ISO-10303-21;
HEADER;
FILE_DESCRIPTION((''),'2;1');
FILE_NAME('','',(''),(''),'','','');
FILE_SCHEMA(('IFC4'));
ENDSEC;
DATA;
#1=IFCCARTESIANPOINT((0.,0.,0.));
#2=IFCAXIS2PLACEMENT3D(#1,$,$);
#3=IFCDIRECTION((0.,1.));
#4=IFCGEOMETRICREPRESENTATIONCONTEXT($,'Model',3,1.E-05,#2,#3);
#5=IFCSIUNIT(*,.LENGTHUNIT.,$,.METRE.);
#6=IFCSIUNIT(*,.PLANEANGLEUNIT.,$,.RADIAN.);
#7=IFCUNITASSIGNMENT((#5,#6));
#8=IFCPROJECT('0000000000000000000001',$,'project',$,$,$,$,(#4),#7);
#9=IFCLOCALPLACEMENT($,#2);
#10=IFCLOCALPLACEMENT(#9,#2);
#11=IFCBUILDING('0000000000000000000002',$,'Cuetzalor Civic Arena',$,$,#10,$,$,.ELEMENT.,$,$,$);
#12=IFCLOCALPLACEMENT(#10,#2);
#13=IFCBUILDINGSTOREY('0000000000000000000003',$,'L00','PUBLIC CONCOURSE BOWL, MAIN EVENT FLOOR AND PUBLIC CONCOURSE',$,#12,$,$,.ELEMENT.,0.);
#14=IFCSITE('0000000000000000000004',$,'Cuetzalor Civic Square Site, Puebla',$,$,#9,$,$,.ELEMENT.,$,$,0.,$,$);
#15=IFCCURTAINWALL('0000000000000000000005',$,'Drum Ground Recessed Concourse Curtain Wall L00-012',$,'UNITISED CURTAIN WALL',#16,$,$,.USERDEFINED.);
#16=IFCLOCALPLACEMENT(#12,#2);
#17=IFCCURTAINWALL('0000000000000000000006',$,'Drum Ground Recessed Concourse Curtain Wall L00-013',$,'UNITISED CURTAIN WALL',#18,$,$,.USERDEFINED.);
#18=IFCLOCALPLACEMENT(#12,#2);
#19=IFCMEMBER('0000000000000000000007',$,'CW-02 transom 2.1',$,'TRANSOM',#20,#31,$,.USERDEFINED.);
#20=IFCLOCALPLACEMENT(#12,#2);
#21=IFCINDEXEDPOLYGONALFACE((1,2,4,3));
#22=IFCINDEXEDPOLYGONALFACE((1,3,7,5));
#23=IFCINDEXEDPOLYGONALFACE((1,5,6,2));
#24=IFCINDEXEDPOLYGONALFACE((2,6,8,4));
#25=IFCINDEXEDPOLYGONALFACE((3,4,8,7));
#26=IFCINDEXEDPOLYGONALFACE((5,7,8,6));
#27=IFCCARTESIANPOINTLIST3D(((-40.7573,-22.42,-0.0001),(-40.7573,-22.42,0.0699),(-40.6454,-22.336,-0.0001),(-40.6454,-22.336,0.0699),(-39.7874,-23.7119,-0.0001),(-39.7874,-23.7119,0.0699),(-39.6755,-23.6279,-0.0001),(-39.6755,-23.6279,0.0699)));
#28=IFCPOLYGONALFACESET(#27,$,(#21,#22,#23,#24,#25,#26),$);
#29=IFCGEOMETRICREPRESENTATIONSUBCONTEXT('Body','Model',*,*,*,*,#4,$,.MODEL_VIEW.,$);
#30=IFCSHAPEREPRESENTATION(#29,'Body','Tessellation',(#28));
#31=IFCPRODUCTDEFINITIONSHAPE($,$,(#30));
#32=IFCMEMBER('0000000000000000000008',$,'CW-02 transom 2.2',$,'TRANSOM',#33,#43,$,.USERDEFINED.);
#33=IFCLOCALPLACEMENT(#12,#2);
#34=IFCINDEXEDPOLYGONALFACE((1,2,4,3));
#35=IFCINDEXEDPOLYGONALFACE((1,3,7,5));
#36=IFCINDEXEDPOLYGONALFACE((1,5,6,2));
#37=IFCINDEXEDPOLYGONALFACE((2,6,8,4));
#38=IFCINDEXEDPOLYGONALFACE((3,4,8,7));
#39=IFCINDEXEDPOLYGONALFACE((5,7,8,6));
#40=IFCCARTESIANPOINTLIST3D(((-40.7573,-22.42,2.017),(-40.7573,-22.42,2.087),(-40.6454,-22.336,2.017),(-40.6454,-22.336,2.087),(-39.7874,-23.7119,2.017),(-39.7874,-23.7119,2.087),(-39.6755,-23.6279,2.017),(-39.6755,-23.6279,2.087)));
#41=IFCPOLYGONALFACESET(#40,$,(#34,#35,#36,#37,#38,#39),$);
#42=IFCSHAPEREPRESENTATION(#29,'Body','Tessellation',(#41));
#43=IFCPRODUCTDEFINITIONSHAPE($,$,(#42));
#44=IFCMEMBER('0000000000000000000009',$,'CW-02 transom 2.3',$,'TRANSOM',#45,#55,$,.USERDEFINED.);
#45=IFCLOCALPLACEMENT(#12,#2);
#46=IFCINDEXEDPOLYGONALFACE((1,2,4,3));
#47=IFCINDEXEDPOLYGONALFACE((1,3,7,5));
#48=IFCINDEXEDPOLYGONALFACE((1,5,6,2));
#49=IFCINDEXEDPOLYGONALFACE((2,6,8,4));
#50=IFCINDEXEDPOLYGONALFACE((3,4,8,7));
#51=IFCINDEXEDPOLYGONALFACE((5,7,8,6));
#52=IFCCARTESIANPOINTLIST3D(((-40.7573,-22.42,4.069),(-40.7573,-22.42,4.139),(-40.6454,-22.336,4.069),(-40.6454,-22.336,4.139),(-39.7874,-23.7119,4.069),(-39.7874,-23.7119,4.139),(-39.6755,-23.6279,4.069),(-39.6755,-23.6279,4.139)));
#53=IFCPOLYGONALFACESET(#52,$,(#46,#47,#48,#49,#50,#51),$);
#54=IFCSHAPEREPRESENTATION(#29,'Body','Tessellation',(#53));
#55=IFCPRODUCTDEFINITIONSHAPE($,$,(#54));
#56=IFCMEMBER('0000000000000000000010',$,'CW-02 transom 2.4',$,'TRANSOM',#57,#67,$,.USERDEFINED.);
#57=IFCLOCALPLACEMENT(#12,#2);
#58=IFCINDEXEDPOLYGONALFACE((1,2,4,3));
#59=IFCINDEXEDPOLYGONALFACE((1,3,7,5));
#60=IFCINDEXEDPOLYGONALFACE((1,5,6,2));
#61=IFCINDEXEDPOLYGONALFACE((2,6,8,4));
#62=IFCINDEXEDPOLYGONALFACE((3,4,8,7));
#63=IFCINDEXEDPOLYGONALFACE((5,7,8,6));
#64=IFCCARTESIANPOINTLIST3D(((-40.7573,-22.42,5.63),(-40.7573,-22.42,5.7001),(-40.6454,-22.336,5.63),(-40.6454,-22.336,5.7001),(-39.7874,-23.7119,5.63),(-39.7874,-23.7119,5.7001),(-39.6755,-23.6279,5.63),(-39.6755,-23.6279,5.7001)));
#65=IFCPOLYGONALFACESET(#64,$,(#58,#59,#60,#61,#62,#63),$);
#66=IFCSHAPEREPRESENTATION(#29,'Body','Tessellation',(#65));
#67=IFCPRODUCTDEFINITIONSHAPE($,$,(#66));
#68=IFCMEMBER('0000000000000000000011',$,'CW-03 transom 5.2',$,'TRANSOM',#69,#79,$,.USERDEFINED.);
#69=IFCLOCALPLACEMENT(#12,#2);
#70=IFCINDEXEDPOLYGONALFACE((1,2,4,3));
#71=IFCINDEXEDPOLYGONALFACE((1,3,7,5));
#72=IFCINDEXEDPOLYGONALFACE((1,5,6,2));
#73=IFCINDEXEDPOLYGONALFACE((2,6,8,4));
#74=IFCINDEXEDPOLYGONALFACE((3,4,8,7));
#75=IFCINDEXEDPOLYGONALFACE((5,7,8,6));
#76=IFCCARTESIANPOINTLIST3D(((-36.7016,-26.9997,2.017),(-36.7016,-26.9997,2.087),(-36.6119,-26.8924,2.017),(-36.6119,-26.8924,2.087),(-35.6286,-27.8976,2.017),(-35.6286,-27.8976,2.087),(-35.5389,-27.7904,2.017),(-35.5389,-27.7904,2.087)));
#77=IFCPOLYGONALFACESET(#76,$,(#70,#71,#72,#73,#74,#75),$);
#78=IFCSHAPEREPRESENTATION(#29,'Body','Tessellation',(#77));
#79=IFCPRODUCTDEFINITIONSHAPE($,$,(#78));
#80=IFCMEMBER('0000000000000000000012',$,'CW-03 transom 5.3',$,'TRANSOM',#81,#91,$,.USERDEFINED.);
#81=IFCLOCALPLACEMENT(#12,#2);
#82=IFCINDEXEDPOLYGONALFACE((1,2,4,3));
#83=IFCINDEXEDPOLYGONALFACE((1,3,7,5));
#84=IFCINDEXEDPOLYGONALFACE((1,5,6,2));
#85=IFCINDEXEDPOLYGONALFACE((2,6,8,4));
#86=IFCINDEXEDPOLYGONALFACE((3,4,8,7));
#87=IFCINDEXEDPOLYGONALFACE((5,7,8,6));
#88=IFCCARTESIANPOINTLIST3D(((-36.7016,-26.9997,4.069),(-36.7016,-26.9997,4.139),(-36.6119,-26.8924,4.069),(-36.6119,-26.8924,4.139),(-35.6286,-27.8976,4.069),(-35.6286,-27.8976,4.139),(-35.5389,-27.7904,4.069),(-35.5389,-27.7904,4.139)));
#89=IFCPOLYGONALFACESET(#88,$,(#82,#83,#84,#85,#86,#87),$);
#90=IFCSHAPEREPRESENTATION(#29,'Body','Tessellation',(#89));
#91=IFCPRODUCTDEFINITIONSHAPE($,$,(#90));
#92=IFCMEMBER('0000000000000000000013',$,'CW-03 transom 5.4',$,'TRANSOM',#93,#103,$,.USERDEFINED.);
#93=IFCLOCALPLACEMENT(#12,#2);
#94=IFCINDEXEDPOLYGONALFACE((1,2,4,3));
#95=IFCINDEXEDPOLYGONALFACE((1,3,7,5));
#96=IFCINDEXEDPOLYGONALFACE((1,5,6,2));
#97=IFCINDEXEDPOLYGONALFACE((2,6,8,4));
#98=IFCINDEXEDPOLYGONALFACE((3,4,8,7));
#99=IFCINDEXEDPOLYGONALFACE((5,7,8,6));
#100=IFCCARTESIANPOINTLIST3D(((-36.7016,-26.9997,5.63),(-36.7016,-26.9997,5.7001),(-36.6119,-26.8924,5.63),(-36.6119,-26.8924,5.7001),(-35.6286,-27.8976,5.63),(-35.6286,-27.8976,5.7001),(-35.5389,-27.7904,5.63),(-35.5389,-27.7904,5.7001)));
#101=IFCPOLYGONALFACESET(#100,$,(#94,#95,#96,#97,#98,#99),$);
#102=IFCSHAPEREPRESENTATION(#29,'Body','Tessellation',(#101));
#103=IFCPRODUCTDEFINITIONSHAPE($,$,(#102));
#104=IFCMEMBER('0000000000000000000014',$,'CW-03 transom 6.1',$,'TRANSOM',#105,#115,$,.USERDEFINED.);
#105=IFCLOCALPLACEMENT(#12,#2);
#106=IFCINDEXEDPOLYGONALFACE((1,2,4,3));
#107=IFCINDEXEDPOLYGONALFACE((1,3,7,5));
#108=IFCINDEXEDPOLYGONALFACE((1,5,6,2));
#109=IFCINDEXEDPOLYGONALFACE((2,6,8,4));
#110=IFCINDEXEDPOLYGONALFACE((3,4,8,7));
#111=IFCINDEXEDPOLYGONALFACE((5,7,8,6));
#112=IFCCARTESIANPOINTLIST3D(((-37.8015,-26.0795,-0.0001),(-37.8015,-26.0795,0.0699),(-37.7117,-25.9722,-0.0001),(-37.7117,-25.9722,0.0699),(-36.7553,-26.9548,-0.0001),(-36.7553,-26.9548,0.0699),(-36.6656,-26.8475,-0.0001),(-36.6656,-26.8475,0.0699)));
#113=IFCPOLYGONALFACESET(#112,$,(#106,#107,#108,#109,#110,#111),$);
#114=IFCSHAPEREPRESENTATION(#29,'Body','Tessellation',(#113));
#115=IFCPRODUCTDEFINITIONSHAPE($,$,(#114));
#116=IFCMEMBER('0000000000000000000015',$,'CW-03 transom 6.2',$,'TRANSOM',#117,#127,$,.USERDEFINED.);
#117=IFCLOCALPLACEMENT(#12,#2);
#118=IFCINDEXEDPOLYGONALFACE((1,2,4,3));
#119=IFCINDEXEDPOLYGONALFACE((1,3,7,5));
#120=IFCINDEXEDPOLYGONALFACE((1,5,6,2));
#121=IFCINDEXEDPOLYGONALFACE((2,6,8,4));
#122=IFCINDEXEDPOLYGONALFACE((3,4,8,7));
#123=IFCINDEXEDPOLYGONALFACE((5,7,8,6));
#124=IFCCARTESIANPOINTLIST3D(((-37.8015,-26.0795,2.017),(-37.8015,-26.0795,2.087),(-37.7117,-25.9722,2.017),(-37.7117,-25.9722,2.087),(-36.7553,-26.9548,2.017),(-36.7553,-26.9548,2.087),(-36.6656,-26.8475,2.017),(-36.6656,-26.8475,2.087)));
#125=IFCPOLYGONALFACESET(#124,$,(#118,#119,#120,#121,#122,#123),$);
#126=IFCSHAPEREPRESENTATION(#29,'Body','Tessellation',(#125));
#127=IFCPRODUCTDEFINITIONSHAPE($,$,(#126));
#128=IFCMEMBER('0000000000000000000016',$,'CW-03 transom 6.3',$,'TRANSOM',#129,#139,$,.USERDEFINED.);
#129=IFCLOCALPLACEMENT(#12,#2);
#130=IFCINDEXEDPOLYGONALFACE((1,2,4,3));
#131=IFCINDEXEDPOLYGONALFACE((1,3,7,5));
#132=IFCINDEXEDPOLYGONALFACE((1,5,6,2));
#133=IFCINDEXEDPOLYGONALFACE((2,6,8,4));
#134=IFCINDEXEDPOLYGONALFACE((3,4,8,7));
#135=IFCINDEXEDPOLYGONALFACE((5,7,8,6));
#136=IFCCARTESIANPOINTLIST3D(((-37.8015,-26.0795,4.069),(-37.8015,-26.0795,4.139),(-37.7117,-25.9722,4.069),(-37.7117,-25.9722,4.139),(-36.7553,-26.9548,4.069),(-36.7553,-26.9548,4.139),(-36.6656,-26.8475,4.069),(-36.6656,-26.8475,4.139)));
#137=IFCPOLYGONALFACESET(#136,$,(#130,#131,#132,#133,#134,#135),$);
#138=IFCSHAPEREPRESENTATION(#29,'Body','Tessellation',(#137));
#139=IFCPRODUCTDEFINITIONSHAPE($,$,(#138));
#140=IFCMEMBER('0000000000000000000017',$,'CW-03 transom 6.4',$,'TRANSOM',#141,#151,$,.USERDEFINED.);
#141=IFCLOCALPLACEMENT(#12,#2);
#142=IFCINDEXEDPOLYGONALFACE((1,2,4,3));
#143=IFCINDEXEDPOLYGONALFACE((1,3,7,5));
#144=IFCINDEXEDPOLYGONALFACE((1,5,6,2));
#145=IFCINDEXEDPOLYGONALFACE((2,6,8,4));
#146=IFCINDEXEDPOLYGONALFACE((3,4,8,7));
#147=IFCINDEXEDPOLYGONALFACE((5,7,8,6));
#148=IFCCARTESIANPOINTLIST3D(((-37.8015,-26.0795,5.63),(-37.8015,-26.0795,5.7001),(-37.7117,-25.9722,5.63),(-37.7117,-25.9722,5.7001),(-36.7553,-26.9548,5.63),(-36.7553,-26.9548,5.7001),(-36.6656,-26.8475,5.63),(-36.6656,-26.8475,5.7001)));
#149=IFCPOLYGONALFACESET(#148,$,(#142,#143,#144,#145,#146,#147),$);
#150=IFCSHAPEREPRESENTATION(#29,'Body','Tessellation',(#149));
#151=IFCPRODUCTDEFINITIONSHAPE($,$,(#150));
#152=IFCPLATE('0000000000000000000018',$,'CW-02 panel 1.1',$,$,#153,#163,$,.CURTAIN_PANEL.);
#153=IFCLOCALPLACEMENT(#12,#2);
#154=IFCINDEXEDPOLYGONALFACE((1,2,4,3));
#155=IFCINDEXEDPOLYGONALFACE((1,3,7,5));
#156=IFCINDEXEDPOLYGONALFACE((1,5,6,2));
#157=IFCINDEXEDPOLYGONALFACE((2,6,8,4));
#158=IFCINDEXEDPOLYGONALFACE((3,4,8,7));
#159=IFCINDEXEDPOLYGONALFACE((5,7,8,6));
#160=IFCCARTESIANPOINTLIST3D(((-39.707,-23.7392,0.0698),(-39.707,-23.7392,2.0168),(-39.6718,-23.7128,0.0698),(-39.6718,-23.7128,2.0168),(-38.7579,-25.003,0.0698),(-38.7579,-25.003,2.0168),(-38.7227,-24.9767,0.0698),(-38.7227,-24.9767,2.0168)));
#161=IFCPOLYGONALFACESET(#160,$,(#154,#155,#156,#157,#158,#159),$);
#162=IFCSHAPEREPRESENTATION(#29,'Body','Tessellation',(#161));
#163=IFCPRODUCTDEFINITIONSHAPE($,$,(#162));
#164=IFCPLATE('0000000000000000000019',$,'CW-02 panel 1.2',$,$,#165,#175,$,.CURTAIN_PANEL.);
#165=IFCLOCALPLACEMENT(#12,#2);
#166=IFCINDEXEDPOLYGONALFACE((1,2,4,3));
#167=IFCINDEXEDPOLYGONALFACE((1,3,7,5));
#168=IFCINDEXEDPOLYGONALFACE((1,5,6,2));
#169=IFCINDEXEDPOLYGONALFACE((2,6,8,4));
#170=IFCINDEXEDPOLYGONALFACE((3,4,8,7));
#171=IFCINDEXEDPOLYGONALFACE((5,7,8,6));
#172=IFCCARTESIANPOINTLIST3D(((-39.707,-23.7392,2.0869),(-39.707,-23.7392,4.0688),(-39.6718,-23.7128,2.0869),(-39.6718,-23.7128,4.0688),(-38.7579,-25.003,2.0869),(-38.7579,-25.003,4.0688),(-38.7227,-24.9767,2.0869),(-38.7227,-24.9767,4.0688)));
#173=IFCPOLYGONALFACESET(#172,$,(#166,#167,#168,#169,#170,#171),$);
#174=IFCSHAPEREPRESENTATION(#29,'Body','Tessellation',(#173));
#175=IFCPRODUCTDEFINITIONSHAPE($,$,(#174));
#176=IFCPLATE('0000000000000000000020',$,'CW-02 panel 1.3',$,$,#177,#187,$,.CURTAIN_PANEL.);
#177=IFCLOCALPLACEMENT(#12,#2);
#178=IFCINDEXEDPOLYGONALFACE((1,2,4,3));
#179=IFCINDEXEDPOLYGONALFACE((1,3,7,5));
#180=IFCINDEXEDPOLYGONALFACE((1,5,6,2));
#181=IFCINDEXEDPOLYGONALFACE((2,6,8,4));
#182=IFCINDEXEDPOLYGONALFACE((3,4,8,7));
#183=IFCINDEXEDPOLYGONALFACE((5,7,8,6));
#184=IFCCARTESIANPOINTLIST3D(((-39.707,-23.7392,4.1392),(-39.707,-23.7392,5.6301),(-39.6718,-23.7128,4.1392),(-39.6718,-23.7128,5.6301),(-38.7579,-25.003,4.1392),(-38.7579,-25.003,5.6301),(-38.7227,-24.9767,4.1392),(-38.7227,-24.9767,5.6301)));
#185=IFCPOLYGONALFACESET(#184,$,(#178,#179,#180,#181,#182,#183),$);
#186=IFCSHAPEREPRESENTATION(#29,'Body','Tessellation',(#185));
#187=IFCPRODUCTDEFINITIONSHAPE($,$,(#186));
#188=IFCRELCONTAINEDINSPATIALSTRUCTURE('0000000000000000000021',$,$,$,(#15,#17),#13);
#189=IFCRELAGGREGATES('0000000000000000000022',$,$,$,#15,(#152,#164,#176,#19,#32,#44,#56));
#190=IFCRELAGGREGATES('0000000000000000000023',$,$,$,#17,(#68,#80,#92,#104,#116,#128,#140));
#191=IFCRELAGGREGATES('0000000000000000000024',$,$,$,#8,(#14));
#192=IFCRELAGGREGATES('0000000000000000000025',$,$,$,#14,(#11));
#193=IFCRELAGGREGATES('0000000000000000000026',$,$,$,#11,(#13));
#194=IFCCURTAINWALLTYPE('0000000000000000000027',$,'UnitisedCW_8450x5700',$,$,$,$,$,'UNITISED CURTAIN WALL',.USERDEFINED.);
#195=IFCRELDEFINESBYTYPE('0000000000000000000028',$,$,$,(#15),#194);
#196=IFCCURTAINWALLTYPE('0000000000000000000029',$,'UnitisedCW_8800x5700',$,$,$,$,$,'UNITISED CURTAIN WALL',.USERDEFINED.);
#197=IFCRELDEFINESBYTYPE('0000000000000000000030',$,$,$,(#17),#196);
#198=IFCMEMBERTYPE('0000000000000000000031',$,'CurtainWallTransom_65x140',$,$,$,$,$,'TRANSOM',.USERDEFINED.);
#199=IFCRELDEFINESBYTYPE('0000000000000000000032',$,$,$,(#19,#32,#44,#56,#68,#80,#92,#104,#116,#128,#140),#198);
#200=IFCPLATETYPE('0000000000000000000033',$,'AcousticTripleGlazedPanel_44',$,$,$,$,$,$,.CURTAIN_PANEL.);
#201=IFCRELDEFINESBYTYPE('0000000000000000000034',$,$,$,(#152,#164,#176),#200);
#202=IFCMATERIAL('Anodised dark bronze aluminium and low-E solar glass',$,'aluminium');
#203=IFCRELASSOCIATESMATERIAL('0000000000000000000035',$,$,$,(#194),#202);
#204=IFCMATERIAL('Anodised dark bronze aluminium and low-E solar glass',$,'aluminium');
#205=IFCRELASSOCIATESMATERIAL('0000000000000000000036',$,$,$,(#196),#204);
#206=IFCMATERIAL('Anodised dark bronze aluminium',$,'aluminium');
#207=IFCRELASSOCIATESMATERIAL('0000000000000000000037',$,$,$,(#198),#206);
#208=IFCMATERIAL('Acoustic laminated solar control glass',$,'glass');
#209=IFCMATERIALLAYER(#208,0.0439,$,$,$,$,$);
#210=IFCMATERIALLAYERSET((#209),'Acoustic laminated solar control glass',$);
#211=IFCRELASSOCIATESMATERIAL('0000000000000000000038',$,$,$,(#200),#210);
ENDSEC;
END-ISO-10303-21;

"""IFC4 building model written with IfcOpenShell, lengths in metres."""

from ifc_helpers import new_model, si_unit, direction, frame, origin, origin_2d, place, context, subcontext, project, spatial, rectangle, extrude, material, layer, layer_set, material_profile, profile_set, type_object, element, aggregate, save


model = new_model("IFC4")

# Units and contexts
model_context = context("Model", 3, precision=1e-05, world=origin(), true_north=direction((0.0, 1.0)))
body_context = subcontext(model_context, "Body", "Model", "MODEL_VIEW")
ifc_project = project(units=[si_unit("LENGTHUNIT", "METRE"), si_unit("PLANEANGLEUNIT", "RADIAN")], contexts=[model_context])

# Site, building, storey
site_placement = place(None, origin())
site = spatial("IfcSite", under=ifc_project, at=site_placement, Name="Cuetzalor Civic Square Site, Puebla", CompositionType="ELEMENT", RefElevation=0.0)
building_placement = place(site_placement, origin())
building = spatial("IfcBuilding", under=site, at=building_placement, Name="Cuetzalor Civic Arena", CompositionType="ELEMENT")
storey_placement = place(building_placement, origin())
storey = spatial("IfcBuildingStorey", under=building, at=storey_placement, Name="L00", Description="PUBLIC CONCOURSE BOWL, MAIN EVENT FLOOR AND PUBLIC CONCOURSE", CompositionType="ELEMENT", Elevation=0.0)

# Curtain walls
ifc_material_1 = material(Name="Anodised dark bronze aluminium and low-E solar glass", Category="aluminium")
curtain_wall_type_1 = type_object("IfcCurtainWallType", Name="UnitisedCW_8450x5700", ElementType="UNITISED CURTAIN WALL", PredefinedType="USERDEFINED", material=ifc_material_1)
curtain_wall_1_placement = place(storey_placement, origin())
curtain_wall_1 = element("IfcCurtainWall", 1, at=curtain_wall_1_placement, inside=storey, type_object=curtain_wall_type_1, Name="Drum Ground Recessed Concourse Curtain Wall L00-012", ObjectType="UNITISED CURTAIN WALL", PredefinedType="USERDEFINED")
ifc_material_2 = material(Name="Anodised dark bronze aluminium and low-E solar glass", Category="aluminium")
curtain_wall_type_2 = type_object("IfcCurtainWallType", Name="UnitisedCW_8800x5700", ElementType="UNITISED CURTAIN WALL", PredefinedType="USERDEFINED", material=ifc_material_2)
curtain_wall_2_placement = place(storey_placement, origin())
curtain_wall_2 = element("IfcCurtainWall", 2, at=curtain_wall_2_placement, inside=storey, type_object=curtain_wall_type_2, Name="Drum Ground Recessed Concourse Curtain Wall L00-013", ObjectType="UNITISED CURTAIN WALL", PredefinedType="USERDEFINED")

# Members
ifc_material_3 = material(Name="Anodised dark bronze aluminium", Category="aluminium")
ifc_material_profile_1 = material_profile(ifc_material_3, rectangle(XDim=0.1399, YDim=0.0701, at=origin_2d()), Name="ALU TRANSOM 70x140")
ifc_profile_set_1 = profile_set([ifc_material_profile_1], Name="Anodised dark bronze aluminium")
member_type_1 = type_object("IfcMemberType", Name="CurtainWallTransom_65x140", ElementType="TRANSOM", PredefinedType="USERDEFINED", material=ifc_profile_set_1)
member_1_placement = place(storey_placement, frame((-39.7314, -23.6699, 0.0349), z_axis=(-0.600387, 0.79971, 0.0), x_axis=(-0.79971, -0.600387, 0.0)))
member_1 = element("IfcMember", 3, at=member_1_placement, type_object=member_type_1, Name="CW-02 transom 2.1", ObjectType="TRANSOM", PredefinedType="USERDEFINED", context=body_context, shape_type="SweptSolid", body=[
    extrude(rectangle(XDim=0.1399, YDim=0.0701, at=origin_2d()), origin(), (0.0, 0.0, 1.0), 1.6155),
])
member_2_placement = place(storey_placement, frame((-39.7314, -23.6699, 2.052), z_axis=(-0.600387, 0.79971, 0.0), x_axis=(-0.79971, -0.600387, 0.0)))
member_2 = element("IfcMember", 4, at=member_2_placement, type_object=member_type_1, Name="CW-02 transom 2.2", ObjectType="TRANSOM", PredefinedType="USERDEFINED", context=body_context, shape_type="SweptSolid", body=[
    extrude(rectangle(XDim=0.1399, YDim=0.0701, at=origin_2d()), origin(), (0.0, 0.0, 1.0), 1.6155),
])
member_3_placement = place(storey_placement, frame((-39.7314, -23.6699, 4.104), z_axis=(-0.600387, 0.79971, 0.0), x_axis=(-0.79971, -0.600387, 0.0)))
member_3 = element("IfcMember", 5, at=member_3_placement, type_object=member_type_1, Name="CW-02 transom 2.3", ObjectType="TRANSOM", PredefinedType="USERDEFINED", context=body_context, shape_type="SweptSolid", body=[
    extrude(rectangle(XDim=0.1399, YDim=0.0701, at=origin_2d()), origin(), (0.0, 0.0, 1.0), 1.6155),
])
member_4_placement = place(storey_placement, frame((-39.7314, -23.6699, 5.665), z_axis=(-0.600387, 0.79971, 0.0), x_axis=(-0.79971, -0.600387, 0.0)))
member_4 = element("IfcMember", 6, at=member_4_placement, type_object=member_type_1, Name="CW-02 transom 2.4", ObjectType="TRANSOM", PredefinedType="USERDEFINED", context=body_context, shape_type="SweptSolid", body=[
    extrude(rectangle(XDim=0.1399, YDim=0.0701, at=origin_2d()), origin(), (0.0, 0.0, 1.0), 1.6155),
])
member_5_placement = place(storey_placement, frame((-35.5837, -27.844, 2.052), z_axis=(-0.766889, 0.641779, 0.0), x_axis=(-0.641779, -0.766889, 0.0)))
member_5 = element("IfcMember", 7, at=member_5_placement, type_object=member_type_1, Name="CW-03 transom 5.2", ObjectType="TRANSOM", PredefinedType="USERDEFINED", context=body_context, shape_type="SweptSolid", body=[
    extrude(rectangle(XDim=0.1399, YDim=0.0701, at=origin_2d()), origin(), (0.0, 0.0, 1.0), 1.3992),
])
member_6_placement = place(storey_placement, frame((-35.5837, -27.844, 4.104), z_axis=(-0.766889, 0.641779, 0.0), x_axis=(-0.641779, -0.766889, 0.0)))
member_6 = element("IfcMember", 8, at=member_6_placement, type_object=member_type_1, Name="CW-03 transom 5.3", ObjectType="TRANSOM", PredefinedType="USERDEFINED", context=body_context, shape_type="SweptSolid", body=[
    extrude(rectangle(XDim=0.1399, YDim=0.0701, at=origin_2d()), origin(), (0.0, 0.0, 1.0), 1.3992),
])
member_7_placement = place(storey_placement, frame((-35.5837, -27.844, 5.665), z_axis=(-0.766889, 0.641779, 0.0), x_axis=(-0.641779, -0.766889, 0.0)))
member_7 = element("IfcMember", 9, at=member_7_placement, type_object=member_type_1, Name="CW-03 transom 5.4", ObjectType="TRANSOM", PredefinedType="USERDEFINED", context=body_context, shape_type="SweptSolid", body=[
    extrude(rectangle(XDim=0.1399, YDim=0.0701, at=origin_2d()), origin(), (0.0, 0.0, 1.0), 1.3992),
])
member_8_placement = place(storey_placement, frame((-36.7104, -26.9011, 0.0349), z_axis=(-0.766973, 0.64168, 0.0), x_axis=(-0.64168, -0.766973, 0.0)))
member_8 = element("IfcMember", 10, at=member_8_placement, type_object=member_type_1, Name="CW-03 transom 6.1", ObjectType="TRANSOM", PredefinedType="USERDEFINED", context=body_context, shape_type="SweptSolid", body=[
    extrude(rectangle(XDim=0.1399, YDim=0.0701, at=origin_2d()), origin(), (0.0, 0.0, 1.0), 1.364),
])
member_9_placement = place(storey_placement, frame((-36.7104, -26.9011, 2.052), z_axis=(-0.766973, 0.64168, 0.0), x_axis=(-0.64168, -0.766973, 0.0)))
member_9 = element("IfcMember", 11, at=member_9_placement, type_object=member_type_1, Name="CW-03 transom 6.2", ObjectType="TRANSOM", PredefinedType="USERDEFINED", context=body_context, shape_type="SweptSolid", body=[
    extrude(rectangle(XDim=0.1399, YDim=0.0701, at=origin_2d()), origin(), (0.0, 0.0, 1.0), 1.364),
])
member_10_placement = place(storey_placement, frame((-36.7104, -26.9011, 4.104), z_axis=(-0.766973, 0.64168, 0.0), x_axis=(-0.64168, -0.766973, 0.0)))
member_10 = element("IfcMember", 12, at=member_10_placement, type_object=member_type_1, Name="CW-03 transom 6.3", ObjectType="TRANSOM", PredefinedType="USERDEFINED", context=body_context, shape_type="SweptSolid", body=[
    extrude(rectangle(XDim=0.1399, YDim=0.0701, at=origin_2d()), origin(), (0.0, 0.0, 1.0), 1.364),
])
member_11_placement = place(storey_placement, frame((-36.7104, -26.9011, 5.665), z_axis=(-0.766973, 0.64168, 0.0), x_axis=(-0.64168, -0.766973, 0.0)))
member_11 = element("IfcMember", 13, at=member_11_placement, type_object=member_type_1, Name="CW-03 transom 6.4", ObjectType="TRANSOM", PredefinedType="USERDEFINED", context=body_context, shape_type="SweptSolid", body=[
    extrude(rectangle(XDim=0.1399, YDim=0.0701, at=origin_2d()), origin(), (0.0, 0.0, 1.0), 1.364),
])

# Plates
ifc_material_4 = material(Name="Acoustic laminated solar control glass", Category="glass")
ifc_layer = layer(ifc_material_4, 0.0439)
ifc_layer_set = layer_set([ifc_layer], Name="Acoustic laminated solar control glass")
plate_type = type_object("IfcPlateType", Name="AcousticTripleGlazedPanel_44", PredefinedType="CURTAIN_PANEL", material=ifc_layer_set)
plate_1_placement = place(storey_placement, frame((-39.2148, -24.3579, 0.0698), z_axis=(0.0, 0.0, 1.0), x_axis=(-0.600492, 0.799631, 0.0)))
plate_1 = element("IfcPlate", 14, at=plate_1_placement, type_object=plate_type, Name="CW-02 panel 1.1", PredefinedType="CURTAIN_PANEL", context=body_context, shape_type="SweptSolid", body=[
    extrude(rectangle(XDim=1.5806, YDim=0.0439, at=origin_2d()), origin(), (0.0, 0.0, 1.0), 1.947),
])
plate_2_placement = place(storey_placement, frame((-39.2148, -24.3579, 2.0869), z_axis=(0.0, 0.0, 1.0), x_axis=(-0.600492, 0.799631, 0.0)))
plate_2 = element("IfcPlate", 15, at=plate_2_placement, type_object=plate_type, Name="CW-02 panel 1.2", PredefinedType="CURTAIN_PANEL", context=body_context, shape_type="SweptSolid", body=[
    extrude(rectangle(XDim=1.5806, YDim=0.0439, at=origin_2d()), origin(), (0.0, 0.0, 1.0), 1.9819),
])
plate_3_placement = place(storey_placement, frame((-39.2148, -24.3579, 4.1392), z_axis=(0.0, 0.0, 1.0), x_axis=(-0.600492, 0.799631, 0.0)))
plate_3 = element("IfcPlate", 16, at=plate_3_placement, type_object=plate_type, Name="CW-02 panel 1.3", PredefinedType="CURTAIN_PANEL", context=body_context, shape_type="SweptSolid", body=[
    extrude(rectangle(XDim=1.5806, YDim=0.0439, at=origin_2d()), origin(), (0.0, 0.0, 1.0), 1.491),
])
aggregate(curtain_wall_1, [plate_1, plate_2, plate_3, member_1, member_2, member_3, member_4])
aggregate(curtain_wall_2, [member_5, member_6, member_7, member_8, member_9, member_10, member_11])

save(model, "model.ifc")
